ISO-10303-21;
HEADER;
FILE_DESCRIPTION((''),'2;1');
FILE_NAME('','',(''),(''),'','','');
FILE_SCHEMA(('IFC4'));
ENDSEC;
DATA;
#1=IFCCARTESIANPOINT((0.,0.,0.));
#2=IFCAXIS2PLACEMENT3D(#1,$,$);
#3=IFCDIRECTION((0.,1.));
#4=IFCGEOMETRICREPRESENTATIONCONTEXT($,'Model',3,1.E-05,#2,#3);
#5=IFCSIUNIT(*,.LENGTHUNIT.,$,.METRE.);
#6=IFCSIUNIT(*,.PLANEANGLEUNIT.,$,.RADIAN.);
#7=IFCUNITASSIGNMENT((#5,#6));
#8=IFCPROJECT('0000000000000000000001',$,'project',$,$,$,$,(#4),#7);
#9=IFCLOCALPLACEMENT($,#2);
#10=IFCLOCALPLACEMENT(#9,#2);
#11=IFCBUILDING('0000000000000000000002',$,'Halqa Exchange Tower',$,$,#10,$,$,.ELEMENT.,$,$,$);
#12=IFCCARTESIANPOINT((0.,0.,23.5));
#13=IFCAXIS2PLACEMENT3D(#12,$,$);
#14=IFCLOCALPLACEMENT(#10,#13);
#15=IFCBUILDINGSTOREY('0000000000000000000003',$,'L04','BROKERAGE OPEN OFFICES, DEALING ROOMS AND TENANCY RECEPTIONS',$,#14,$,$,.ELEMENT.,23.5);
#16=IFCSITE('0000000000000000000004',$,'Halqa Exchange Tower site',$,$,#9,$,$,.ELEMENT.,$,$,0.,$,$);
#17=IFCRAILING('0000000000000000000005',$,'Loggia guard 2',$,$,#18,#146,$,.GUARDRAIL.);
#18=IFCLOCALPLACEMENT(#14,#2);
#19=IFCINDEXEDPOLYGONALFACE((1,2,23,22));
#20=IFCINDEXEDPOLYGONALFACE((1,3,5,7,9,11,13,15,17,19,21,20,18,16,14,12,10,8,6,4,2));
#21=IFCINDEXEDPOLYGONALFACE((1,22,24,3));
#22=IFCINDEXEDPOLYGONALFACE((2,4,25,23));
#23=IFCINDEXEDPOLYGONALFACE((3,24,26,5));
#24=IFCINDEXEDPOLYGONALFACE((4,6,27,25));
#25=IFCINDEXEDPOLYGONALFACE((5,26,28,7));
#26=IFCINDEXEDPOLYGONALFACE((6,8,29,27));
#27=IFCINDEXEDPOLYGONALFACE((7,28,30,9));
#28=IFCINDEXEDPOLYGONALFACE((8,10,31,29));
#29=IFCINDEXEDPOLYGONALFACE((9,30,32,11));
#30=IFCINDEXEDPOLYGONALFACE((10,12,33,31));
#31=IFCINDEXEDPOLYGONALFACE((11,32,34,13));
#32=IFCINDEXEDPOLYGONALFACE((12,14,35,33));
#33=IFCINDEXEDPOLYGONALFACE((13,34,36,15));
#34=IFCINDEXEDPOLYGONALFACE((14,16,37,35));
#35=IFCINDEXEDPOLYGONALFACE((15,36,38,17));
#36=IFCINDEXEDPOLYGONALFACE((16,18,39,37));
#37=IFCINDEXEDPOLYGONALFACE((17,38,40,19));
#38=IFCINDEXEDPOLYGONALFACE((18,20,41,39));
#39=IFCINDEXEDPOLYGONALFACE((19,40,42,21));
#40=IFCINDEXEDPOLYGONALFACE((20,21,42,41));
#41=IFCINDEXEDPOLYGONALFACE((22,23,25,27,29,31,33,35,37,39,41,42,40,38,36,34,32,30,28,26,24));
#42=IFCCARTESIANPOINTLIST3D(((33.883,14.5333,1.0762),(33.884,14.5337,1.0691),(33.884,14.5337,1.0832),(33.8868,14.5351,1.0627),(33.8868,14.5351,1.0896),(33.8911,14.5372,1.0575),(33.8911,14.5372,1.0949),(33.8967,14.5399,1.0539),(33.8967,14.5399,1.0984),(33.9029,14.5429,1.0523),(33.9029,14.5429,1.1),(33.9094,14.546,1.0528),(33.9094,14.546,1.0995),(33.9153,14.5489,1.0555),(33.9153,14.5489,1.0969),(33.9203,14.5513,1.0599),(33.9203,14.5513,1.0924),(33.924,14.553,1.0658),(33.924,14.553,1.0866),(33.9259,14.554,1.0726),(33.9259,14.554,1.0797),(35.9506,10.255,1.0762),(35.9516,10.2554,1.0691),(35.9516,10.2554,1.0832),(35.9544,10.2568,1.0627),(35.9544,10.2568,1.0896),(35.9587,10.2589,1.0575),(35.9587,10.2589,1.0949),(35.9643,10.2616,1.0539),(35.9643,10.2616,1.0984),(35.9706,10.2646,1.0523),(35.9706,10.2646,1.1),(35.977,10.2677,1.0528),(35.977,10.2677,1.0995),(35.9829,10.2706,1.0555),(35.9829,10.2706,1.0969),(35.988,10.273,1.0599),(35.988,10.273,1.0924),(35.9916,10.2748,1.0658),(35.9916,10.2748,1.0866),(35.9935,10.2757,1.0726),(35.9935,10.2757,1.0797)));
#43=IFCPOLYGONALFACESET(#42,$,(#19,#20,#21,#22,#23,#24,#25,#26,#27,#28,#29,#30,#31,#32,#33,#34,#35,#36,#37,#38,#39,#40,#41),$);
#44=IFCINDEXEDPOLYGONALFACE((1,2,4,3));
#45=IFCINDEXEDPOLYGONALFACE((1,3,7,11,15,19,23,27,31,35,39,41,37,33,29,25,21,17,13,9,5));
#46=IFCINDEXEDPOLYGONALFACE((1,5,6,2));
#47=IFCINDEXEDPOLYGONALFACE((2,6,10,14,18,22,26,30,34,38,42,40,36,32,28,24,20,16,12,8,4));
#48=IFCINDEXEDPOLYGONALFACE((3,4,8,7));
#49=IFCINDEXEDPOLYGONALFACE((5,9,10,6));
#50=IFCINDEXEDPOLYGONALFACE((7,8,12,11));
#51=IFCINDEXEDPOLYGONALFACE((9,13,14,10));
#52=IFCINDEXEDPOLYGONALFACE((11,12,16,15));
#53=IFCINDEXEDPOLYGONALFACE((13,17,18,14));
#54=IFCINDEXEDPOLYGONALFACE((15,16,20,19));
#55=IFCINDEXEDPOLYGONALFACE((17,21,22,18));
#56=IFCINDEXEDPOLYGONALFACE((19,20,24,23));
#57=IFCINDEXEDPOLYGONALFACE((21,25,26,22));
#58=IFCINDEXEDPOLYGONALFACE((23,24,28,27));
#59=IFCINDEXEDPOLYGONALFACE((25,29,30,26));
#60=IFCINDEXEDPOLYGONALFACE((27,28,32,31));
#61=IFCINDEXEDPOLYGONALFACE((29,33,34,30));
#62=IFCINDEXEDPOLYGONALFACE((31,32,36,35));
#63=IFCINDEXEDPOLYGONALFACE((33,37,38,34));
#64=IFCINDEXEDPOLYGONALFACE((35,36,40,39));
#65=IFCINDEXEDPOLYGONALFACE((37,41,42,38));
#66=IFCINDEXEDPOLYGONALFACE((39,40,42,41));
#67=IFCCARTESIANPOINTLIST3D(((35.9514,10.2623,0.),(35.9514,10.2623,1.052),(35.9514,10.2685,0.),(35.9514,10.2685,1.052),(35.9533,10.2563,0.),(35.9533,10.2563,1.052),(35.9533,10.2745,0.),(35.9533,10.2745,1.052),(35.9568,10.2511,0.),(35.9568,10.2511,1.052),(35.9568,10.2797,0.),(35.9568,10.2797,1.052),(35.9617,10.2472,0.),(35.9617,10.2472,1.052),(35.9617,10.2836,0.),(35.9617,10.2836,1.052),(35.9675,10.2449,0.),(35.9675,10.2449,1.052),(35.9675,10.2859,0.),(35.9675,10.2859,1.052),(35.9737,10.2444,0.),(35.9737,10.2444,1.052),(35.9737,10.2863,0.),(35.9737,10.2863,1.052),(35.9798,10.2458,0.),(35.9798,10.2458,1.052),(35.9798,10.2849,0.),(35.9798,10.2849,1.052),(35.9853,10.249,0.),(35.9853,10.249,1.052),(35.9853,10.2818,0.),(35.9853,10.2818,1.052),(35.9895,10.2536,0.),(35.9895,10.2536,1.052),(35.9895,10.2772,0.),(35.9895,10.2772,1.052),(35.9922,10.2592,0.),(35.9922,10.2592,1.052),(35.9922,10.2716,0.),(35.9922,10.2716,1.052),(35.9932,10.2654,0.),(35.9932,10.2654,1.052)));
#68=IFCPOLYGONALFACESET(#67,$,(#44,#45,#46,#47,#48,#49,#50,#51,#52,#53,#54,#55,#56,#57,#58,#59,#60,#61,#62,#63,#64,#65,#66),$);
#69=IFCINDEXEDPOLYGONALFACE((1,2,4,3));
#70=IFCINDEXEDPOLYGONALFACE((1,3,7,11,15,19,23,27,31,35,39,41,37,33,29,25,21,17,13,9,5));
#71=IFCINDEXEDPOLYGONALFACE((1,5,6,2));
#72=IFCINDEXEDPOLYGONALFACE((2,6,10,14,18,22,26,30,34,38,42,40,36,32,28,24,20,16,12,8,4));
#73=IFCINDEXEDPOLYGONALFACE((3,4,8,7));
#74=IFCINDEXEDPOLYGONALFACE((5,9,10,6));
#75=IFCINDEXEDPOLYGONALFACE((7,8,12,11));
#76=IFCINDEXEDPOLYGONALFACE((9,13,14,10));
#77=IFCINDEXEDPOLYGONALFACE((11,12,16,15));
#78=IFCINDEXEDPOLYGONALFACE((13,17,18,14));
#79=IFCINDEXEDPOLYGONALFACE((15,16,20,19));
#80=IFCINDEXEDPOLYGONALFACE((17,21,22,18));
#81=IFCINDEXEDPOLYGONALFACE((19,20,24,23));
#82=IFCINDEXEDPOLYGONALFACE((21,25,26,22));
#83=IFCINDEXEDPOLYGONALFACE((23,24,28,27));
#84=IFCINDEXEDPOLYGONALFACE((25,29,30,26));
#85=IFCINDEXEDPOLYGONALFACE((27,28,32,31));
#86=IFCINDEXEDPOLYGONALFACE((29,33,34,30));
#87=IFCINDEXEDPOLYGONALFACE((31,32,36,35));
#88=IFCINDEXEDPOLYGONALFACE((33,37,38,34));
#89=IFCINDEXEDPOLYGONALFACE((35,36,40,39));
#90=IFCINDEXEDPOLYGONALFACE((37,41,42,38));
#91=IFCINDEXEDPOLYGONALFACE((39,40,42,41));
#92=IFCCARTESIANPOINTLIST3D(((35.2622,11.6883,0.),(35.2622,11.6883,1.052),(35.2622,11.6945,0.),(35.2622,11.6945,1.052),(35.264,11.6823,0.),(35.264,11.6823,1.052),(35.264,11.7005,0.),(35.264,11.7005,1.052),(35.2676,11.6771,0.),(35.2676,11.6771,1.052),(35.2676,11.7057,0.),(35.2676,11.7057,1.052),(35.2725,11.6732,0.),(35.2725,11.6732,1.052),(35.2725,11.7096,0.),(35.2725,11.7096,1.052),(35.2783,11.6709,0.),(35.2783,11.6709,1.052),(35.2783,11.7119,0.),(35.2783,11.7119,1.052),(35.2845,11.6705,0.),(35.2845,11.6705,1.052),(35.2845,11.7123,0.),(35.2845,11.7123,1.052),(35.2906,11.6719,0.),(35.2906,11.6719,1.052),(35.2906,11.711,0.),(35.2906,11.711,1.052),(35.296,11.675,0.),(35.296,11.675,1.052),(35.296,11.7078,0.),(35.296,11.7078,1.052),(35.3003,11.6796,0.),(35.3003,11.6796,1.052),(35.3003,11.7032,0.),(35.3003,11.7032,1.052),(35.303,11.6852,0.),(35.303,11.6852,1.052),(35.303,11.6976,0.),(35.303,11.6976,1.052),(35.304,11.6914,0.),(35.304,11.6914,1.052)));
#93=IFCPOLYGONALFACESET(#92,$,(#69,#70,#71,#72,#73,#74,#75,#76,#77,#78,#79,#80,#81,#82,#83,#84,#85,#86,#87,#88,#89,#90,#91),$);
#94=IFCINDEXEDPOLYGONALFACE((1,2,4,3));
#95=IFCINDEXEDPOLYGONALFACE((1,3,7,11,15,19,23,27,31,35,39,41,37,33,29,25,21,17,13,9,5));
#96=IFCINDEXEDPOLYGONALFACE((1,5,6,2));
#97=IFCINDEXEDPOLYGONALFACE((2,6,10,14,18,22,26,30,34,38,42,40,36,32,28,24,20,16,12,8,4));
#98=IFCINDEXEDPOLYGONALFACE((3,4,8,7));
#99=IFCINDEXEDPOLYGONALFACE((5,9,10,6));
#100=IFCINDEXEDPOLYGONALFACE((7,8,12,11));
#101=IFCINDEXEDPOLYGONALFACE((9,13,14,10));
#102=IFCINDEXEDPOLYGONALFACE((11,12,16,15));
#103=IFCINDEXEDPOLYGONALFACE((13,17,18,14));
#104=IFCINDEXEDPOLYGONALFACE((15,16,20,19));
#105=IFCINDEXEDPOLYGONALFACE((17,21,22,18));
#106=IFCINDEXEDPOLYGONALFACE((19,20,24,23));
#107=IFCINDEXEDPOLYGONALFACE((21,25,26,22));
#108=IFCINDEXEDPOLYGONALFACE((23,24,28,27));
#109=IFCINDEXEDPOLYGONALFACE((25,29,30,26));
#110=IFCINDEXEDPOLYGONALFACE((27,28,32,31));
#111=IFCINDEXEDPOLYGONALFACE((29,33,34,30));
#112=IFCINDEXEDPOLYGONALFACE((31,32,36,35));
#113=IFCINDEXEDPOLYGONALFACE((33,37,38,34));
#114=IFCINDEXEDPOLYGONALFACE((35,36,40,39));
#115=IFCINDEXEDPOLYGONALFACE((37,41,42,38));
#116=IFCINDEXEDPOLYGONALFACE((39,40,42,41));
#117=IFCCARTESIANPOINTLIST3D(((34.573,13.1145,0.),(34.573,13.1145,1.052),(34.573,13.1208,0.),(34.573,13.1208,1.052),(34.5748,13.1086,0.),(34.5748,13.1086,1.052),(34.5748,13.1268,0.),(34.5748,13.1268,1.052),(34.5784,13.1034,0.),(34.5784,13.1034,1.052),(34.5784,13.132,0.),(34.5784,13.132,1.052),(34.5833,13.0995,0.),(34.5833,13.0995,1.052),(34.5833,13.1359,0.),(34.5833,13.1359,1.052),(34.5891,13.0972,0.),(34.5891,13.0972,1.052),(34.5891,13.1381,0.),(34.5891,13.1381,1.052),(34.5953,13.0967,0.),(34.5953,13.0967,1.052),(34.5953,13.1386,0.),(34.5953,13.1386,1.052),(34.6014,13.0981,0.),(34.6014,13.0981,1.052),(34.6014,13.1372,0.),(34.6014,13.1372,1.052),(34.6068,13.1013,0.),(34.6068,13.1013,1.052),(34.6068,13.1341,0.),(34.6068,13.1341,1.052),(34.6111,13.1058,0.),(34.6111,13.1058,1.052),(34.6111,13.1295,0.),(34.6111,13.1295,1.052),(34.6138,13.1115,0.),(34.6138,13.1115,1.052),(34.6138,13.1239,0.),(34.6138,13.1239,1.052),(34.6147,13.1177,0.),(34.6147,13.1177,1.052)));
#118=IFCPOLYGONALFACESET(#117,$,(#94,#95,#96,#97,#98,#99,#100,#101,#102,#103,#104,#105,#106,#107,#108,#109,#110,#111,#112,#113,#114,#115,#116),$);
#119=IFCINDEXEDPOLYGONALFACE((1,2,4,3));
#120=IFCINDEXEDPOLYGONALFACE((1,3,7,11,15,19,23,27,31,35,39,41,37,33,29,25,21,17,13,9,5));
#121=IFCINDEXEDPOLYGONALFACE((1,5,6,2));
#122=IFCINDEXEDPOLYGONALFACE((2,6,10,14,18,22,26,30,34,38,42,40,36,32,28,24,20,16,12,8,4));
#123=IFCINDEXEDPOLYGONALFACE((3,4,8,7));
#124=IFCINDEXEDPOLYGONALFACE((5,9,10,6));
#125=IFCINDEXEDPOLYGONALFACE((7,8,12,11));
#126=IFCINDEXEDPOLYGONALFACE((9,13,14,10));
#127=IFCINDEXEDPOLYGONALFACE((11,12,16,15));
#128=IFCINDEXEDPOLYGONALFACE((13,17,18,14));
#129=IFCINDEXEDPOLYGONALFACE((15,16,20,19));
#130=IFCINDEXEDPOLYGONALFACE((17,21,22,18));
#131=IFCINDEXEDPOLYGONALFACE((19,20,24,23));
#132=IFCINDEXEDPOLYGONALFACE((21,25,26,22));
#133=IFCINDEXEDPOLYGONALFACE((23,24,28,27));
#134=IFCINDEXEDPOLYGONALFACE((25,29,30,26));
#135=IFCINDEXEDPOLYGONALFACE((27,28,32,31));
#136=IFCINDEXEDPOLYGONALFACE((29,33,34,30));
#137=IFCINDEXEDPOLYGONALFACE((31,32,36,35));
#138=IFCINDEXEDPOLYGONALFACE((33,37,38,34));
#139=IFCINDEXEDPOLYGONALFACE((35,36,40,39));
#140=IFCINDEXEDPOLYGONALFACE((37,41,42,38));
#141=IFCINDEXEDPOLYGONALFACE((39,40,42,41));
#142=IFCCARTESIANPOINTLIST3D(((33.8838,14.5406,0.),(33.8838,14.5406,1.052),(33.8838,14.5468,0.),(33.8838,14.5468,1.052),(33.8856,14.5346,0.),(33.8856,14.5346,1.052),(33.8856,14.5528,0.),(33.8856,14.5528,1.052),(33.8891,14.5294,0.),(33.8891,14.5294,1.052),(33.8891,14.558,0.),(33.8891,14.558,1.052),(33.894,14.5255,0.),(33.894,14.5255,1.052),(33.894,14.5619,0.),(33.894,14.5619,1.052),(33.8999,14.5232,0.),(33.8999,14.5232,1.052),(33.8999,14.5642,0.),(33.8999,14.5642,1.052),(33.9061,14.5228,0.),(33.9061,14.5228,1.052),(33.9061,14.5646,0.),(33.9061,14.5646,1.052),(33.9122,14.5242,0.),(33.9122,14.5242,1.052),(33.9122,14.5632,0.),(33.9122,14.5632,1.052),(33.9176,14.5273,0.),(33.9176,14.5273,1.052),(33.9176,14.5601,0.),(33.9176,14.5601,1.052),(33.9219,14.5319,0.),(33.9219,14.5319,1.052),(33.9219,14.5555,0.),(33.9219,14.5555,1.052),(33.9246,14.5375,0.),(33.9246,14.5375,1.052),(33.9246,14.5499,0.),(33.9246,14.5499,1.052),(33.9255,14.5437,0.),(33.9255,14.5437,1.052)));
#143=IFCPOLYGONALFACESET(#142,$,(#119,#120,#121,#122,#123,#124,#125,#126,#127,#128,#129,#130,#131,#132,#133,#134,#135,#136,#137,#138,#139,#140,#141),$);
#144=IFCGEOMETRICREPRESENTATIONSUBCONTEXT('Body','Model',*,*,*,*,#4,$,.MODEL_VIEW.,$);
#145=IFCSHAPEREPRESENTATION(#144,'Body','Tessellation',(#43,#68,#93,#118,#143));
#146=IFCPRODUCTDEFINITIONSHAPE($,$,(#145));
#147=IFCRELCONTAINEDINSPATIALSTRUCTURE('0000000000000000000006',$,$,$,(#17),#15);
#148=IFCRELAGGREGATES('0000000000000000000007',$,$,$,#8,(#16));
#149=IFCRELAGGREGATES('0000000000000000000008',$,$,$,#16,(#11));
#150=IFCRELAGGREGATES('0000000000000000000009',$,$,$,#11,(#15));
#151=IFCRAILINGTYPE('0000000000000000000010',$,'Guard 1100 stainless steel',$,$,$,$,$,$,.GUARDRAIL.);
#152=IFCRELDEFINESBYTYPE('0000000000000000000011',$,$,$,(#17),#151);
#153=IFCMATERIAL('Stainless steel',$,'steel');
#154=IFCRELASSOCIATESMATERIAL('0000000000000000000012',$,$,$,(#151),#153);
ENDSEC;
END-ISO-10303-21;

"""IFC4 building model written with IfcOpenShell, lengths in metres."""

from ifc_helpers import new_model, si_unit, direction, frame, origin, origin_2d, place, context, subcontext, project, spatial, circle, extrude, material, type_object, element, save


model = new_model("IFC4")

# Units and contexts
model_context = context("Model", 3, precision=1e-05, world=origin(), true_north=direction((0.0, 1.0)))
body_context = subcontext(model_context, "Body", "Model", "MODEL_VIEW")
ifc_project = project(units=[si_unit("LENGTHUNIT", "METRE"), si_unit("PLANEANGLEUNIT", "RADIAN")], contexts=[model_context])

# Site, building, storey
site_placement = place(None, origin())
site = spatial("IfcSite", under=ifc_project, at=site_placement, Name="Halqa Exchange Tower site", CompositionType="ELEMENT", RefElevation=0.0)
building_placement = place(site_placement, origin())
building = spatial("IfcBuilding", under=site, at=building_placement, Name="Halqa Exchange Tower", CompositionType="ELEMENT")
storey_placement = place(building_placement, frame((0.0, 0.0, 23.5)))
storey = spatial("IfcBuildingStorey", under=building, at=storey_placement, Name="L04", Description="BROKERAGE OPEN OFFICES, DEALING ROOMS AND TENANCY RECEPTIONS", CompositionType="ELEMENT", Elevation=23.5)

# Railing
ifc_material_1 = material(Name="Stainless steel", Category="steel")
railing_type = type_object("IfcRailingType", Name="Guard 1100 stainless steel", PredefinedType="GUARDRAIL", material=ifc_material_1)
railing_1_placement = place(storey_placement, frame((35.9722, 10.2654, 0.0)))
element("IfcRailing", 1, at=railing_1_placement, inside=storey, type_object=railing_type, Name="Loggia guard 2", PredefinedType="GUARDRAIL", context=body_context, shape_type="SweptSolid", body=[
    extrude(circle(Radius=0.0239, at=origin_2d()), frame((0.0, 0.0, 1.0762), z_axis=(-0.43513, 0.900368, 0.0), x_axis=(-0.900368, -0.43513, 0.0)), (0.0, 0.0, 1.0), 4.7517),
    extrude(circle(Radius=0.021, at=origin_2d()), origin(), (0.0, 0.0, 1.0), 1.052),
    extrude(circle(Radius=0.021, at=origin_2d()), frame((-0.6892, 1.426, 0.0)), (0.0, 0.0, 1.0), 1.052),
    extrude(circle(Radius=0.021, at=origin_2d()), frame((-1.3784, 2.8523, 0.0)), (0.0, 0.0, 1.0), 1.052),
    extrude(circle(Radius=0.021, at=origin_2d()), frame((-2.0676, 4.2783, 0.0)), (0.0, 0.0, 1.0), 1.052),
])

save(model, "model.ifc")
